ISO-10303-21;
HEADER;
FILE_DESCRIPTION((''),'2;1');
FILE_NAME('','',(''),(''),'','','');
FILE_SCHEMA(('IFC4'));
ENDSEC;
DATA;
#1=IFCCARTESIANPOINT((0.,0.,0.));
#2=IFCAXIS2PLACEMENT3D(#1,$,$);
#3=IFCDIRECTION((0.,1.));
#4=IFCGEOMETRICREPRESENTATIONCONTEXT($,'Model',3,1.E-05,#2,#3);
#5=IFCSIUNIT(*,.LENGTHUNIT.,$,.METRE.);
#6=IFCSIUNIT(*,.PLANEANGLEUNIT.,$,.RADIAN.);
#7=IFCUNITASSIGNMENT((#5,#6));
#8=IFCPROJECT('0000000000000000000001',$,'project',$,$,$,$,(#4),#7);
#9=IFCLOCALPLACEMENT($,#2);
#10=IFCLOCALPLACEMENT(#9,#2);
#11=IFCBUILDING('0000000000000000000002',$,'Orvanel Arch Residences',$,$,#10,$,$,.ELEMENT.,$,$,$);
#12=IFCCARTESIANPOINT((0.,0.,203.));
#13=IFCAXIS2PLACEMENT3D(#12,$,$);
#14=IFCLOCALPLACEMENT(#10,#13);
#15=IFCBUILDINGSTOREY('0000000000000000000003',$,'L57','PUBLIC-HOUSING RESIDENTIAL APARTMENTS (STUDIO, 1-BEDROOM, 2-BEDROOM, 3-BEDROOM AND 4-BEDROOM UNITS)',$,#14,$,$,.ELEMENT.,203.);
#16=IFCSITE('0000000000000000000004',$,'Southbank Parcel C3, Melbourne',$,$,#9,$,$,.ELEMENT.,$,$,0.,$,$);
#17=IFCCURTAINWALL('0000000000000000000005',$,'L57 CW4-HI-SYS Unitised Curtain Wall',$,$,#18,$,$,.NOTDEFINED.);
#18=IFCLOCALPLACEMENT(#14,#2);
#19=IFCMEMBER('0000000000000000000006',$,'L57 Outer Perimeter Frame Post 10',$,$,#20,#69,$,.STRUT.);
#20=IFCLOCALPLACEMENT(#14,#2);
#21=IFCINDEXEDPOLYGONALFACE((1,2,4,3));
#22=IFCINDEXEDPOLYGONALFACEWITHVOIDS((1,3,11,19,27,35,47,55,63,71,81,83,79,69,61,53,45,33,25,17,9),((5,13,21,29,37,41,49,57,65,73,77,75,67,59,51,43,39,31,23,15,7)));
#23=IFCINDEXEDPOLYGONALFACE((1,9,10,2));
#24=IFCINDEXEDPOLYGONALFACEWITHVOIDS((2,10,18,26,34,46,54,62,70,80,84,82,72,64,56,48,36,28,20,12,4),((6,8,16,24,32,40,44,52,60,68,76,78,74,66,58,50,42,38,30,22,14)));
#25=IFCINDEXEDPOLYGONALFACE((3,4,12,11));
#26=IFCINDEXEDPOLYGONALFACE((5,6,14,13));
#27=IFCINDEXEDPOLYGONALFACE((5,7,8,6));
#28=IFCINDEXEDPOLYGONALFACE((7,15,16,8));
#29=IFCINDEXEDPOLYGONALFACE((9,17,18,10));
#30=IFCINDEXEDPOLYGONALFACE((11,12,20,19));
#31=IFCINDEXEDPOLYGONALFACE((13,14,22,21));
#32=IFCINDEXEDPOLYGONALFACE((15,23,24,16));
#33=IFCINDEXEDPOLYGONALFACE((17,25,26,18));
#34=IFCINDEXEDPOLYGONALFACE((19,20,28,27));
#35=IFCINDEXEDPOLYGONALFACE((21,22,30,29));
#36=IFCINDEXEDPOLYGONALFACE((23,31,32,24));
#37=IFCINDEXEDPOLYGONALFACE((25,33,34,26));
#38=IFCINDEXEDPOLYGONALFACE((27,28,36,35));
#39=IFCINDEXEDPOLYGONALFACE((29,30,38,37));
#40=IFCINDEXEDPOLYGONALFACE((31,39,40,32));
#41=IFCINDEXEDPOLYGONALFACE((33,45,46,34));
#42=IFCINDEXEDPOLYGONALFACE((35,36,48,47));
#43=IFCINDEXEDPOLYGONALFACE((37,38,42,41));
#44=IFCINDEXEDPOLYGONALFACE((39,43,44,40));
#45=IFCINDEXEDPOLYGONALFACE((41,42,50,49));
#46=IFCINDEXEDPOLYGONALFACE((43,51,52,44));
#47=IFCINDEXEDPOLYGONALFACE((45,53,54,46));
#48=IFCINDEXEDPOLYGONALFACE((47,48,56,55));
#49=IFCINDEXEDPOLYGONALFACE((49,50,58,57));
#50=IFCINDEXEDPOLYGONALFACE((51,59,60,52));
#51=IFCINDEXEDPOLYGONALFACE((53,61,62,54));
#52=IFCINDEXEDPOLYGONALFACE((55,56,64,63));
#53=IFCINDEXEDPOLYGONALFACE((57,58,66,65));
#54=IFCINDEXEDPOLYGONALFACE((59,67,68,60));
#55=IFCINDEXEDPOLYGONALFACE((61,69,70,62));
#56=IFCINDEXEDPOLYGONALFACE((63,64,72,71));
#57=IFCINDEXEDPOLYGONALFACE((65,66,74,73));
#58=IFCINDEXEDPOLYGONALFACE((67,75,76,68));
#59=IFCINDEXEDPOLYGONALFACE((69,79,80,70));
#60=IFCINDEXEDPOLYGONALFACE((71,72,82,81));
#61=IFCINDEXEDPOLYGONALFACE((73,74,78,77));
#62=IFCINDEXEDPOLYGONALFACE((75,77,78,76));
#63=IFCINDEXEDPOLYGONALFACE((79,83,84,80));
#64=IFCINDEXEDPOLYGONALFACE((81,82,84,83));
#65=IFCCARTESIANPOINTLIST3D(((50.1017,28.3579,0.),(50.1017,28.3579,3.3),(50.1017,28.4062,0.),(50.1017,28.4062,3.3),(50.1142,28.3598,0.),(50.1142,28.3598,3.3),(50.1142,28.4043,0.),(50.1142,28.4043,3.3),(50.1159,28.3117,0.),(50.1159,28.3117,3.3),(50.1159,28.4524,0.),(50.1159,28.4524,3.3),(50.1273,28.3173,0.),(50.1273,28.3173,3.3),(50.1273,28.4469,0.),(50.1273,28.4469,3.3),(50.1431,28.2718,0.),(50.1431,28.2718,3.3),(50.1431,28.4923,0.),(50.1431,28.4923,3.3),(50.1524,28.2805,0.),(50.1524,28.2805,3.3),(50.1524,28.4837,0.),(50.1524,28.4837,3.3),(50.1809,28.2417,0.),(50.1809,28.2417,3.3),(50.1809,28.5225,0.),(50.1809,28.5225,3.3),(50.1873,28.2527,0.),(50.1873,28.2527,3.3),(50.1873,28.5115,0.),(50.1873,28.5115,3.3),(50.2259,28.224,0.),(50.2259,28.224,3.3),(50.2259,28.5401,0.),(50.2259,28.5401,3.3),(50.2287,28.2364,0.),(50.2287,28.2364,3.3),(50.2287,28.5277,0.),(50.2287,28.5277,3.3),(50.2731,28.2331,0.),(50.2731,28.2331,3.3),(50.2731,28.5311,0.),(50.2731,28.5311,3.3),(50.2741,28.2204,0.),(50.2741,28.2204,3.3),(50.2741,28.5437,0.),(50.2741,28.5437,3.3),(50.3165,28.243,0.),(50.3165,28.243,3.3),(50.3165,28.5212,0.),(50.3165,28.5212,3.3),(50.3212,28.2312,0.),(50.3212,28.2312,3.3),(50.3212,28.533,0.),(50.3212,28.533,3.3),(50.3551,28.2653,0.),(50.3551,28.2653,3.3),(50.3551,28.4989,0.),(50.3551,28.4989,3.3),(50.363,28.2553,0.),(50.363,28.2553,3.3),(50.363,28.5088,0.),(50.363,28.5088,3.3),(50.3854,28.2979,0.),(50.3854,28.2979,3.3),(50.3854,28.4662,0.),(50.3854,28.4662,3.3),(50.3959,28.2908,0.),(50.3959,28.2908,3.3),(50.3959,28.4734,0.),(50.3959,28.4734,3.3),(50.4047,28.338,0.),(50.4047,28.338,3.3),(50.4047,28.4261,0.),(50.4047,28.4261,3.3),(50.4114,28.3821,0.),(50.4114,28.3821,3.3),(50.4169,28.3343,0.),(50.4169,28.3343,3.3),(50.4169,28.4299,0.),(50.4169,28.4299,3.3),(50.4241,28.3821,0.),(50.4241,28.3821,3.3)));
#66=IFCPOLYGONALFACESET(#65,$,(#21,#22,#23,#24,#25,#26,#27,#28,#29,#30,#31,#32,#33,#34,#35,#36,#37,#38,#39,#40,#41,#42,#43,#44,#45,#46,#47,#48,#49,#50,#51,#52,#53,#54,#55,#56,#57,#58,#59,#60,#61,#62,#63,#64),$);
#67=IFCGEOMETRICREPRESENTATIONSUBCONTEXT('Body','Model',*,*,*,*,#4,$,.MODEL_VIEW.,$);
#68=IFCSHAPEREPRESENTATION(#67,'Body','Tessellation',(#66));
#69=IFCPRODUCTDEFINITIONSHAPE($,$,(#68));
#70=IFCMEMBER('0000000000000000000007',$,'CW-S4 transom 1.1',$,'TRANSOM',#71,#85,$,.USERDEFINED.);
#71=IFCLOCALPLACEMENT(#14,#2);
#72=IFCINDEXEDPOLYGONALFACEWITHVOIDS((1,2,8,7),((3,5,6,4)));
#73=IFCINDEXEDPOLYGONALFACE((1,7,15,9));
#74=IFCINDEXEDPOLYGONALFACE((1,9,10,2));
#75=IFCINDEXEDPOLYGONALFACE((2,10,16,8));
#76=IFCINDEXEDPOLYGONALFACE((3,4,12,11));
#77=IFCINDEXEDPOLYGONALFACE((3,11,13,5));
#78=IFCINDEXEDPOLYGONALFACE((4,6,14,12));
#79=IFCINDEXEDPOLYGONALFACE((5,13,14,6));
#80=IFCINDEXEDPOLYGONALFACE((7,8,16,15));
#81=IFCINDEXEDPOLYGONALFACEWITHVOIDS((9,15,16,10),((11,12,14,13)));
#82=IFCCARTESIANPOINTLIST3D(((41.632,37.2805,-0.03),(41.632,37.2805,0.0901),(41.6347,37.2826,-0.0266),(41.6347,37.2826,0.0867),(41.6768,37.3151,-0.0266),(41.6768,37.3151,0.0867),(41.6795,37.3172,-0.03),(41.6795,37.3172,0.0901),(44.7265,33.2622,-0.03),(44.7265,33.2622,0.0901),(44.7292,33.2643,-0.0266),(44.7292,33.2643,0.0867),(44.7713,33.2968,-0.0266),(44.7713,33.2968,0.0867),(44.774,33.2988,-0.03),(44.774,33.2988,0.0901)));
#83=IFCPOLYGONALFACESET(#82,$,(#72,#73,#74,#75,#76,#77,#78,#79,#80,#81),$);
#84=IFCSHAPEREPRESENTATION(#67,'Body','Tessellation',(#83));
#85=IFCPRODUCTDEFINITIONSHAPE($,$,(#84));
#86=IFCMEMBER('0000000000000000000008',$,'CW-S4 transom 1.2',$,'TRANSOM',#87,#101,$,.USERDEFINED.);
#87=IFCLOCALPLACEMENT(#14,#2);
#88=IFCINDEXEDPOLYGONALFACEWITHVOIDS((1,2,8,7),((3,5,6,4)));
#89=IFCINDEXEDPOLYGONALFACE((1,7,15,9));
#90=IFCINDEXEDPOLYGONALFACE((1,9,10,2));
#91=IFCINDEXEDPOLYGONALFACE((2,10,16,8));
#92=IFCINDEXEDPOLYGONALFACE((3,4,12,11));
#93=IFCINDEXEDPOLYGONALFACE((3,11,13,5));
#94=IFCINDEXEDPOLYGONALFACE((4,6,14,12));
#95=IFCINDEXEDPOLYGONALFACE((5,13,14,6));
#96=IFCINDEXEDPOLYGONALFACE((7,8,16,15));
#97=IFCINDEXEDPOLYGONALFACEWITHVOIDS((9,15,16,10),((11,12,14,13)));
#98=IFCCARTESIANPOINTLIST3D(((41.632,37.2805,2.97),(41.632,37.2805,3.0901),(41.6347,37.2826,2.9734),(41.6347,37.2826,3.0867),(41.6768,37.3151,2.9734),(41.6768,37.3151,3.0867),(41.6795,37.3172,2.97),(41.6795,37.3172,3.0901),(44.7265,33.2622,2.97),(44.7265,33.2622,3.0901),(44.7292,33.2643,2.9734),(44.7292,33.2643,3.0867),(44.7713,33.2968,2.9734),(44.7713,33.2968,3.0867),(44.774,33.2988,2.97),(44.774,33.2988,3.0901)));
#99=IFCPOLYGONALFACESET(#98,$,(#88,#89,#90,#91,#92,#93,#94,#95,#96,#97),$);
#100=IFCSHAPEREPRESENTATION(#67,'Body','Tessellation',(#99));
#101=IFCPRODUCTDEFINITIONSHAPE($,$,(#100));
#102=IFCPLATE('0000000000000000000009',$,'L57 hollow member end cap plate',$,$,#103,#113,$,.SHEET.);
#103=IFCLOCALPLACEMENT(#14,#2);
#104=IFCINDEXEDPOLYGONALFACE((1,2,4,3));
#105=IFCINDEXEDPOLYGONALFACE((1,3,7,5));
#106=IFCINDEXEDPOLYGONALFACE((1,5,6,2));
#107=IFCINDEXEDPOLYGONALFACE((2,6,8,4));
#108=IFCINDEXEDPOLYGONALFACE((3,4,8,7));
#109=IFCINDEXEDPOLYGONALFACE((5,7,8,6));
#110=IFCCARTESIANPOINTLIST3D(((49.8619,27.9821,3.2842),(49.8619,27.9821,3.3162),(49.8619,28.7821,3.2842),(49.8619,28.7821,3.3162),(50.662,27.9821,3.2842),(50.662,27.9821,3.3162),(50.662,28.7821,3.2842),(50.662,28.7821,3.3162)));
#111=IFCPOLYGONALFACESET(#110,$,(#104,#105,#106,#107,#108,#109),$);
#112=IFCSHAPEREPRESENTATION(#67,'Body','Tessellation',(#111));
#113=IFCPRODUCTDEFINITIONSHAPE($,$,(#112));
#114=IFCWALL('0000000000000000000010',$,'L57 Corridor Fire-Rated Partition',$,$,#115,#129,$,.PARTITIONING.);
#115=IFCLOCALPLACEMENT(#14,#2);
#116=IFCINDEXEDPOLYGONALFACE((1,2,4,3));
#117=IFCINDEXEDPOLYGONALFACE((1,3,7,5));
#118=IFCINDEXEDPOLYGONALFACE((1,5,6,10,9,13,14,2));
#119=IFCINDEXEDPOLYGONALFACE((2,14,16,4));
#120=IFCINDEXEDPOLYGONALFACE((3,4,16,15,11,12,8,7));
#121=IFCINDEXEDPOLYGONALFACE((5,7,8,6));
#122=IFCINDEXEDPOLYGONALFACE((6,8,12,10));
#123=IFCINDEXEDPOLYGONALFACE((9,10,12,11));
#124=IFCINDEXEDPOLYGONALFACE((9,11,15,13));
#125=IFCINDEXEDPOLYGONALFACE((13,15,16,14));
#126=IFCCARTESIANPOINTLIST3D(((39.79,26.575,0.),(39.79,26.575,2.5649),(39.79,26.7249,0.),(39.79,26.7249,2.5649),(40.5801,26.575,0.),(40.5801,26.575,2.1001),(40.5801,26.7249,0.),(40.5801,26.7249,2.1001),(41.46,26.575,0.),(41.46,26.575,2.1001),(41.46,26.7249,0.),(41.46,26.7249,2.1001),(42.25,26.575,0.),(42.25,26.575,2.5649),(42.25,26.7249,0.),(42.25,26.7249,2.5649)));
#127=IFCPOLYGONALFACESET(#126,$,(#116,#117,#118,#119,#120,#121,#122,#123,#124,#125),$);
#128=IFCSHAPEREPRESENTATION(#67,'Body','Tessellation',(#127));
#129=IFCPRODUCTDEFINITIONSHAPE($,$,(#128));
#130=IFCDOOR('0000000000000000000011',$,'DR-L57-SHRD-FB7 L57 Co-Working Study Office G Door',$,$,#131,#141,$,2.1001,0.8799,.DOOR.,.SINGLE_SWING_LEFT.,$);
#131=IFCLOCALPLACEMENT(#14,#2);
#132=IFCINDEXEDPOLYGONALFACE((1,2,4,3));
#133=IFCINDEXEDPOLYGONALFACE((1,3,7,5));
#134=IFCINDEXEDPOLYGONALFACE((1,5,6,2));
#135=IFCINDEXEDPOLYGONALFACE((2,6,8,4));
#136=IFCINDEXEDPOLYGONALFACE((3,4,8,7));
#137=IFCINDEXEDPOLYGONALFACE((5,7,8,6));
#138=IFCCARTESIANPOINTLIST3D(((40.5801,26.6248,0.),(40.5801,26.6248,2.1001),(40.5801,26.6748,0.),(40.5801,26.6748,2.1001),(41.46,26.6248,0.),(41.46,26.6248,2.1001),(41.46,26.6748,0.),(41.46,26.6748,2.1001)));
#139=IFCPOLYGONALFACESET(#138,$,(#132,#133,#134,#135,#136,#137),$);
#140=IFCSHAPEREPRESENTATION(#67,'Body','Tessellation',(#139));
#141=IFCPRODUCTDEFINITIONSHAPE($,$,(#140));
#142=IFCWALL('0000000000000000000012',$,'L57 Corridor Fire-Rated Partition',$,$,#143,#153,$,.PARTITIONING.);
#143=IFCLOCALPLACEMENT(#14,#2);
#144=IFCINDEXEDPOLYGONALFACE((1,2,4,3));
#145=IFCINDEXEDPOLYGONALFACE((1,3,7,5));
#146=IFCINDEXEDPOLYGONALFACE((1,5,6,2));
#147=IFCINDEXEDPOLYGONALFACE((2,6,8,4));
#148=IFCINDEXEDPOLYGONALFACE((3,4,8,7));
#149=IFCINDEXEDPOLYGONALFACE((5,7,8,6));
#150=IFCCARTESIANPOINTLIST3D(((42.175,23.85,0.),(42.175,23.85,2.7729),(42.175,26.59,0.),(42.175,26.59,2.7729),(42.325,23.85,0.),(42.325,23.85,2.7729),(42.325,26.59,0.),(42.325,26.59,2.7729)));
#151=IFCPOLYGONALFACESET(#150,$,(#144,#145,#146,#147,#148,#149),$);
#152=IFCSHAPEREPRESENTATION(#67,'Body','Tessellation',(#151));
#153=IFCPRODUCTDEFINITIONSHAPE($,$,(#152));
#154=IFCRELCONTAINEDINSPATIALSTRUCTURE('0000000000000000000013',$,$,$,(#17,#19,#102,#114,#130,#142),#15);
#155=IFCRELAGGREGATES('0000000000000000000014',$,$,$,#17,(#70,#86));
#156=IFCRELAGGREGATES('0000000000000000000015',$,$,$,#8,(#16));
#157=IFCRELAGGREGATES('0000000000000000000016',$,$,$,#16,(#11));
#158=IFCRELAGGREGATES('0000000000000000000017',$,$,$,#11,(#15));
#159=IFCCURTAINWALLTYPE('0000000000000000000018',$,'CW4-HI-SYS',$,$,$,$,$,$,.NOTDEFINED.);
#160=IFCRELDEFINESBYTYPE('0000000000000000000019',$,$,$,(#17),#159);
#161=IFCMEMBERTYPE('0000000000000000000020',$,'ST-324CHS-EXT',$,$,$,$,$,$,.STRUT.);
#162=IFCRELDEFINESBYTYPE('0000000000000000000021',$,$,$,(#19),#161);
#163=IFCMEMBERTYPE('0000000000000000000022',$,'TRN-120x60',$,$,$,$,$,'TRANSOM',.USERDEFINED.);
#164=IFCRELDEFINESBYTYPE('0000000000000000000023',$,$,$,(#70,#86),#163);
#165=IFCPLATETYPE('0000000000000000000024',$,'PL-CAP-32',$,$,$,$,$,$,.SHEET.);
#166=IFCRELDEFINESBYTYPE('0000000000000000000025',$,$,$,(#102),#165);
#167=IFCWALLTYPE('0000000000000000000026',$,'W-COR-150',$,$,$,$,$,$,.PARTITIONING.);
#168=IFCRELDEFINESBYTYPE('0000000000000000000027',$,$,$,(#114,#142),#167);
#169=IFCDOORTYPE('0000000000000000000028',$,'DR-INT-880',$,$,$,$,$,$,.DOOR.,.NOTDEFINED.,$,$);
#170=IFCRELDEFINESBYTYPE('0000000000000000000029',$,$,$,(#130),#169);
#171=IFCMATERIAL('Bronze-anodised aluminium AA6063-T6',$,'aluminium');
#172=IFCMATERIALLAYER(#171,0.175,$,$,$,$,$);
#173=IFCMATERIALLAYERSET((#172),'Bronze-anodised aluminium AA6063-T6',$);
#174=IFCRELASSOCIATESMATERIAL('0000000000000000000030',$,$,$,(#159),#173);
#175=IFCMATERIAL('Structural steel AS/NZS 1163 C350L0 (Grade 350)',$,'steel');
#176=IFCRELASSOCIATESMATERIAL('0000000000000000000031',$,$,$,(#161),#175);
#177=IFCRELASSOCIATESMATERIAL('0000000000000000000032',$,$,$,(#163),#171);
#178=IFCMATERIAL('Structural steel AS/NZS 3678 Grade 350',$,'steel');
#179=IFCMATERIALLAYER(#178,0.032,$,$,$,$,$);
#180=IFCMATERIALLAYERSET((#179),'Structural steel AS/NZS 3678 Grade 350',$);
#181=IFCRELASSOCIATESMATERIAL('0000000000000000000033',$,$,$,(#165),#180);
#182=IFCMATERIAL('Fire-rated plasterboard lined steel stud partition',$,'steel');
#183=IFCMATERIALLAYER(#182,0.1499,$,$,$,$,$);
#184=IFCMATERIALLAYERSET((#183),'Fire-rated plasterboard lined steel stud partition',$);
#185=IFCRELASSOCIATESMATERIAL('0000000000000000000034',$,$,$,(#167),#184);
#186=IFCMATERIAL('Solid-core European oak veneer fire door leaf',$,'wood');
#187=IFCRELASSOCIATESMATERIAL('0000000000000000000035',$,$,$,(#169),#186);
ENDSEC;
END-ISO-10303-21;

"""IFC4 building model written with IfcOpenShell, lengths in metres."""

from ifc_helpers import new_model, si_unit, direction, frame, frame_2d, origin, origin_2d, place, context, subcontext, project, spatial, rectangle, hollow_rectangle, hollow_circle, extrude, material, layer, layer_set, material_profile, profile_set, type_object, element, fill, aggregate, save


model = new_model("IFC4")

# Units and contexts
model_context = context("Model", 3, precision=1e-05, world=origin(), true_north=direction((0.0, 1.0)))
body_context = subcontext(model_context, "Body", "Model", "MODEL_VIEW")
ifc_project = project(units=[si_unit("LENGTHUNIT", "METRE"), si_unit("PLANEANGLEUNIT", "RADIAN")], contexts=[model_context])

# Site, building, storey
site_placement = place(None, origin())
site = spatial("IfcSite", under=ifc_project, at=site_placement, Name="Southbank Parcel C3, Melbourne", CompositionType="ELEMENT", RefElevation=0.0)
building_placement = place(site_placement, origin())
building = spatial("IfcBuilding", under=site, at=building_placement, Name="Orvanel Arch Residences", CompositionType="ELEMENT")
storey_placement = place(building_placement, frame((0.0, 0.0, 203.0)))
storey = spatial("IfcBuildingStorey", under=building, at=storey_placement, Name="L57", Description="PUBLIC-HOUSING RESIDENTIAL APARTMENTS (STUDIO, 1-BEDROOM, 2-BEDROOM, 3-BEDROOM AND 4-BEDROOM UNITS)", CompositionType="ELEMENT", Elevation=203.0)

# Shared definitions
ifc_material_1 = material(Name="Structural steel AS/NZS 1163 C350L0 (Grade 350)", Category="steel")

# Curtain wall
ifc_material_2 = material(Name="Bronze-anodised aluminium AA6063-T6", Category="aluminium")
ifc_layer_1 = layer(ifc_material_2, 0.175)
ifc_layer_set_1 = layer_set([ifc_layer_1], Name="Bronze-anodised aluminium AA6063-T6")
curtain_wall_type = type_object("IfcCurtainWallType", Name="CW4-HI-SYS", PredefinedType="NOTDEFINED", material=ifc_layer_set_1)
curtain_wall_placement = place(storey_placement, origin())
curtain_wall = element("IfcCurtainWall", 1, at=curtain_wall_placement, inside=storey, type_object=curtain_wall_type, Name="L57 CW4-HI-SYS Unitised Curtain Wall", PredefinedType="NOTDEFINED")

# Members
ifc_material_profile_1 = material_profile(ifc_material_1, hollow_circle(Radius=0.1621, WallThickness=0.0127, at=origin_2d()), Name="CHS324x12.7")
ifc_profile_set_1 = profile_set([ifc_material_profile_1], Name="Structural steel AS/NZS 1163 C350L0 (Grade 350)")
member_type_1 = type_object("IfcMemberType", Name="ST-324CHS-EXT", PredefinedType="STRUT", material=ifc_profile_set_1)
member_1_placement = place(storey_placement, frame((50.262, 28.3821, 0.0), z_axis=(0.0, 0.0, 1.0), x_axis=(1.0, 0.0, 0.0)))
element("IfcMember", 2, at=member_1_placement, inside=storey, type_object=member_type_1, Name="L57 Outer Perimeter Frame Post 10", PredefinedType="STRUT", context=body_context, shape_type="SweptSolid", body=[
    extrude(hollow_circle(Radius=0.1621, WallThickness=0.0127, at=origin_2d()), origin(), (0.0, 0.0, 1.0), 3.3),
])
ifc_material_profile_2 = material_profile(ifc_material_2, hollow_rectangle(XDim=0.0601, YDim=0.1201, WallThickness=0.0034, at=origin_2d()), Name="ALU120x60x3.5")
ifc_profile_set_2 = profile_set([ifc_material_profile_2], Name="Bronze-anodised aluminium AA6063-T6")
member_type_2 = type_object("IfcMemberType", Name="TRN-120x60", ElementType="TRANSOM", PredefinedType="USERDEFINED", material=ifc_profile_set_2)
member_2_placement = place(storey_placement, frame((44.7502, 33.2805, 0.03), z_axis=(-0.610141, 0.792293, 0.0), x_axis=(-0.792293, -0.610141, 0.0)))
member_2 = element("IfcMember", 3, at=member_2_placement, type_object=member_type_2, Name="CW-S4 transom 1.1", ObjectType="TRANSOM", PredefinedType="USERDEFINED", context=body_context, shape_type="SweptSolid", body=[
    extrude(hollow_rectangle(XDim=0.0601, YDim=0.1201, WallThickness=0.0034, at=origin_2d()), origin(), (0.0, 0.0, 1.0), 5.0718),
])
member_3_placement = place(storey_placement, frame((44.7502, 33.2805, 3.03), z_axis=(-0.610141, 0.792293, 0.0), x_axis=(-0.792293, -0.610141, 0.0)))
member_3 = element("IfcMember", 4, at=member_3_placement, type_object=member_type_2, Name="CW-S4 transom 1.2", ObjectType="TRANSOM", PredefinedType="USERDEFINED", context=body_context, shape_type="SweptSolid", body=[
    extrude(hollow_rectangle(XDim=0.0601, YDim=0.1201, WallThickness=0.0034, at=origin_2d()), origin(), (0.0, 0.0, 1.0), 5.0718),
])
aggregate(curtain_wall, [member_2, member_3])

# Plate
ifc_material_3 = material(Name="Structural steel AS/NZS 3678 Grade 350", Category="steel")
ifc_layer_2 = layer(ifc_material_3, 0.032)
ifc_layer_set_2 = layer_set([ifc_layer_2], Name="Structural steel AS/NZS 3678 Grade 350")
plate_type = type_object("IfcPlateType", Name="PL-CAP-32", PredefinedType="SHEET", material=ifc_layer_set_2)
plate_placement = place(storey_placement, frame((50.262, 28.3821, 3.2842), z_axis=(0.0, 0.0, 1.0), x_axis=(1.0, 0.0, 0.0)))
element("IfcPlate", 5, at=plate_placement, inside=storey, type_object=plate_type, Name="L57 hollow member end cap plate", PredefinedType="SHEET", context=body_context, shape_type="SweptSolid", body=[
    extrude(rectangle(XDim=0.8, YDim=0.8, at=origin_2d()), origin(), (0.0, 0.0, 1.0), 0.032),
])

# Wall, opening, door
ifc_material_4 = material(Name="Fire-rated plasterboard lined steel stud partition", Category="steel")
ifc_layer_3 = layer(ifc_material_4, 0.1499)
ifc_layer_set_3 = layer_set([ifc_layer_3], Name="Fire-rated plasterboard lined steel stud partition")
wall_type = type_object("IfcWallType", Name="W-COR-150", PredefinedType="PARTITIONING", material=ifc_layer_set_3)
wall_1_placement = place(storey_placement, frame((39.79, 26.6499, 0.0), z_axis=(0.0, 0.0, 1.0), x_axis=(1.0, 0.0, 0.0)))
wall_1 = element("IfcWall", 6, at=wall_1_placement, inside=storey, type_object=wall_type, Name="L57 Corridor Fire-Rated Partition", PredefinedType="PARTITIONING", context=body_context, shape_type="SweptSolid", body=[
    extrude(rectangle(XDim=2.46, YDim=0.1499, at=frame_2d((1.23, 0.0))), origin(), (0.0, 0.0, 1.0), 2.5649),
])
opening_placement = place(wall_1_placement, frame((0.79, 0.0, 0.0)))
opening = element("IfcOpeningElement", 7, at=opening_placement, cuts=wall_1, PredefinedType="OPENING", context=body_context, shape_type="SweptSolid", body=[
    extrude(rectangle(XDim=0.8799, YDim=2.1001, at=frame_2d((0.4399, 1.05))), frame((0.0, 0.085, 0.0), z_axis=(0.0, -1.0, 0.0), x_axis=(1.0, 0.0, 0.0)), (0.0, 0.0, 1.0), 0.1699),
])
ifc_material_5 = material(Name="Solid-core European oak veneer fire door leaf", Category="wood")
door_type = type_object("IfcDoorType", Name="DR-INT-880", OperationType="NOTDEFINED", PredefinedType="DOOR", material=ifc_material_5)
door_placement = place(opening_placement, origin())
door = element("IfcDoor", 8, at=door_placement, inside=storey, type_object=door_type, Name="DR-L57-SHRD-FB7 L57 Co-Working Study Office G Door", OperationType="SINGLE_SWING_LEFT", OverallHeight=2.1001, OverallWidth=0.8799, PredefinedType="DOOR", context=body_context, shape_type="SweptSolid", body=[
    extrude(rectangle(XDim=0.8799, YDim=2.1001, at=frame_2d((0.4399, 1.05))), frame((0.0, 0.0249, 0.0), z_axis=(0.0, -1.0, 0.0), x_axis=(1.0, 0.0, 0.0)), (0.0, 0.0, 1.0), 0.05),
])
fill(opening, door)

# Wall
wall_2_placement = place(storey_placement, frame((42.25, 26.5901, 0.0), z_axis=(0.0, 0.0, 1.0), x_axis=(0.0, -1.0, 0.0)))
element("IfcWall", 9, at=wall_2_placement, inside=storey, type_object=wall_type, Name="L57 Corridor Fire-Rated Partition", PredefinedType="PARTITIONING", context=body_context, shape_type="SweptSolid", body=[
    extrude(rectangle(XDim=2.74, YDim=0.1499, at=frame_2d((1.3701, 0.0))), origin(), (0.0, 0.0, 1.0), 2.7729),
])

save(model, "model.ifc")
